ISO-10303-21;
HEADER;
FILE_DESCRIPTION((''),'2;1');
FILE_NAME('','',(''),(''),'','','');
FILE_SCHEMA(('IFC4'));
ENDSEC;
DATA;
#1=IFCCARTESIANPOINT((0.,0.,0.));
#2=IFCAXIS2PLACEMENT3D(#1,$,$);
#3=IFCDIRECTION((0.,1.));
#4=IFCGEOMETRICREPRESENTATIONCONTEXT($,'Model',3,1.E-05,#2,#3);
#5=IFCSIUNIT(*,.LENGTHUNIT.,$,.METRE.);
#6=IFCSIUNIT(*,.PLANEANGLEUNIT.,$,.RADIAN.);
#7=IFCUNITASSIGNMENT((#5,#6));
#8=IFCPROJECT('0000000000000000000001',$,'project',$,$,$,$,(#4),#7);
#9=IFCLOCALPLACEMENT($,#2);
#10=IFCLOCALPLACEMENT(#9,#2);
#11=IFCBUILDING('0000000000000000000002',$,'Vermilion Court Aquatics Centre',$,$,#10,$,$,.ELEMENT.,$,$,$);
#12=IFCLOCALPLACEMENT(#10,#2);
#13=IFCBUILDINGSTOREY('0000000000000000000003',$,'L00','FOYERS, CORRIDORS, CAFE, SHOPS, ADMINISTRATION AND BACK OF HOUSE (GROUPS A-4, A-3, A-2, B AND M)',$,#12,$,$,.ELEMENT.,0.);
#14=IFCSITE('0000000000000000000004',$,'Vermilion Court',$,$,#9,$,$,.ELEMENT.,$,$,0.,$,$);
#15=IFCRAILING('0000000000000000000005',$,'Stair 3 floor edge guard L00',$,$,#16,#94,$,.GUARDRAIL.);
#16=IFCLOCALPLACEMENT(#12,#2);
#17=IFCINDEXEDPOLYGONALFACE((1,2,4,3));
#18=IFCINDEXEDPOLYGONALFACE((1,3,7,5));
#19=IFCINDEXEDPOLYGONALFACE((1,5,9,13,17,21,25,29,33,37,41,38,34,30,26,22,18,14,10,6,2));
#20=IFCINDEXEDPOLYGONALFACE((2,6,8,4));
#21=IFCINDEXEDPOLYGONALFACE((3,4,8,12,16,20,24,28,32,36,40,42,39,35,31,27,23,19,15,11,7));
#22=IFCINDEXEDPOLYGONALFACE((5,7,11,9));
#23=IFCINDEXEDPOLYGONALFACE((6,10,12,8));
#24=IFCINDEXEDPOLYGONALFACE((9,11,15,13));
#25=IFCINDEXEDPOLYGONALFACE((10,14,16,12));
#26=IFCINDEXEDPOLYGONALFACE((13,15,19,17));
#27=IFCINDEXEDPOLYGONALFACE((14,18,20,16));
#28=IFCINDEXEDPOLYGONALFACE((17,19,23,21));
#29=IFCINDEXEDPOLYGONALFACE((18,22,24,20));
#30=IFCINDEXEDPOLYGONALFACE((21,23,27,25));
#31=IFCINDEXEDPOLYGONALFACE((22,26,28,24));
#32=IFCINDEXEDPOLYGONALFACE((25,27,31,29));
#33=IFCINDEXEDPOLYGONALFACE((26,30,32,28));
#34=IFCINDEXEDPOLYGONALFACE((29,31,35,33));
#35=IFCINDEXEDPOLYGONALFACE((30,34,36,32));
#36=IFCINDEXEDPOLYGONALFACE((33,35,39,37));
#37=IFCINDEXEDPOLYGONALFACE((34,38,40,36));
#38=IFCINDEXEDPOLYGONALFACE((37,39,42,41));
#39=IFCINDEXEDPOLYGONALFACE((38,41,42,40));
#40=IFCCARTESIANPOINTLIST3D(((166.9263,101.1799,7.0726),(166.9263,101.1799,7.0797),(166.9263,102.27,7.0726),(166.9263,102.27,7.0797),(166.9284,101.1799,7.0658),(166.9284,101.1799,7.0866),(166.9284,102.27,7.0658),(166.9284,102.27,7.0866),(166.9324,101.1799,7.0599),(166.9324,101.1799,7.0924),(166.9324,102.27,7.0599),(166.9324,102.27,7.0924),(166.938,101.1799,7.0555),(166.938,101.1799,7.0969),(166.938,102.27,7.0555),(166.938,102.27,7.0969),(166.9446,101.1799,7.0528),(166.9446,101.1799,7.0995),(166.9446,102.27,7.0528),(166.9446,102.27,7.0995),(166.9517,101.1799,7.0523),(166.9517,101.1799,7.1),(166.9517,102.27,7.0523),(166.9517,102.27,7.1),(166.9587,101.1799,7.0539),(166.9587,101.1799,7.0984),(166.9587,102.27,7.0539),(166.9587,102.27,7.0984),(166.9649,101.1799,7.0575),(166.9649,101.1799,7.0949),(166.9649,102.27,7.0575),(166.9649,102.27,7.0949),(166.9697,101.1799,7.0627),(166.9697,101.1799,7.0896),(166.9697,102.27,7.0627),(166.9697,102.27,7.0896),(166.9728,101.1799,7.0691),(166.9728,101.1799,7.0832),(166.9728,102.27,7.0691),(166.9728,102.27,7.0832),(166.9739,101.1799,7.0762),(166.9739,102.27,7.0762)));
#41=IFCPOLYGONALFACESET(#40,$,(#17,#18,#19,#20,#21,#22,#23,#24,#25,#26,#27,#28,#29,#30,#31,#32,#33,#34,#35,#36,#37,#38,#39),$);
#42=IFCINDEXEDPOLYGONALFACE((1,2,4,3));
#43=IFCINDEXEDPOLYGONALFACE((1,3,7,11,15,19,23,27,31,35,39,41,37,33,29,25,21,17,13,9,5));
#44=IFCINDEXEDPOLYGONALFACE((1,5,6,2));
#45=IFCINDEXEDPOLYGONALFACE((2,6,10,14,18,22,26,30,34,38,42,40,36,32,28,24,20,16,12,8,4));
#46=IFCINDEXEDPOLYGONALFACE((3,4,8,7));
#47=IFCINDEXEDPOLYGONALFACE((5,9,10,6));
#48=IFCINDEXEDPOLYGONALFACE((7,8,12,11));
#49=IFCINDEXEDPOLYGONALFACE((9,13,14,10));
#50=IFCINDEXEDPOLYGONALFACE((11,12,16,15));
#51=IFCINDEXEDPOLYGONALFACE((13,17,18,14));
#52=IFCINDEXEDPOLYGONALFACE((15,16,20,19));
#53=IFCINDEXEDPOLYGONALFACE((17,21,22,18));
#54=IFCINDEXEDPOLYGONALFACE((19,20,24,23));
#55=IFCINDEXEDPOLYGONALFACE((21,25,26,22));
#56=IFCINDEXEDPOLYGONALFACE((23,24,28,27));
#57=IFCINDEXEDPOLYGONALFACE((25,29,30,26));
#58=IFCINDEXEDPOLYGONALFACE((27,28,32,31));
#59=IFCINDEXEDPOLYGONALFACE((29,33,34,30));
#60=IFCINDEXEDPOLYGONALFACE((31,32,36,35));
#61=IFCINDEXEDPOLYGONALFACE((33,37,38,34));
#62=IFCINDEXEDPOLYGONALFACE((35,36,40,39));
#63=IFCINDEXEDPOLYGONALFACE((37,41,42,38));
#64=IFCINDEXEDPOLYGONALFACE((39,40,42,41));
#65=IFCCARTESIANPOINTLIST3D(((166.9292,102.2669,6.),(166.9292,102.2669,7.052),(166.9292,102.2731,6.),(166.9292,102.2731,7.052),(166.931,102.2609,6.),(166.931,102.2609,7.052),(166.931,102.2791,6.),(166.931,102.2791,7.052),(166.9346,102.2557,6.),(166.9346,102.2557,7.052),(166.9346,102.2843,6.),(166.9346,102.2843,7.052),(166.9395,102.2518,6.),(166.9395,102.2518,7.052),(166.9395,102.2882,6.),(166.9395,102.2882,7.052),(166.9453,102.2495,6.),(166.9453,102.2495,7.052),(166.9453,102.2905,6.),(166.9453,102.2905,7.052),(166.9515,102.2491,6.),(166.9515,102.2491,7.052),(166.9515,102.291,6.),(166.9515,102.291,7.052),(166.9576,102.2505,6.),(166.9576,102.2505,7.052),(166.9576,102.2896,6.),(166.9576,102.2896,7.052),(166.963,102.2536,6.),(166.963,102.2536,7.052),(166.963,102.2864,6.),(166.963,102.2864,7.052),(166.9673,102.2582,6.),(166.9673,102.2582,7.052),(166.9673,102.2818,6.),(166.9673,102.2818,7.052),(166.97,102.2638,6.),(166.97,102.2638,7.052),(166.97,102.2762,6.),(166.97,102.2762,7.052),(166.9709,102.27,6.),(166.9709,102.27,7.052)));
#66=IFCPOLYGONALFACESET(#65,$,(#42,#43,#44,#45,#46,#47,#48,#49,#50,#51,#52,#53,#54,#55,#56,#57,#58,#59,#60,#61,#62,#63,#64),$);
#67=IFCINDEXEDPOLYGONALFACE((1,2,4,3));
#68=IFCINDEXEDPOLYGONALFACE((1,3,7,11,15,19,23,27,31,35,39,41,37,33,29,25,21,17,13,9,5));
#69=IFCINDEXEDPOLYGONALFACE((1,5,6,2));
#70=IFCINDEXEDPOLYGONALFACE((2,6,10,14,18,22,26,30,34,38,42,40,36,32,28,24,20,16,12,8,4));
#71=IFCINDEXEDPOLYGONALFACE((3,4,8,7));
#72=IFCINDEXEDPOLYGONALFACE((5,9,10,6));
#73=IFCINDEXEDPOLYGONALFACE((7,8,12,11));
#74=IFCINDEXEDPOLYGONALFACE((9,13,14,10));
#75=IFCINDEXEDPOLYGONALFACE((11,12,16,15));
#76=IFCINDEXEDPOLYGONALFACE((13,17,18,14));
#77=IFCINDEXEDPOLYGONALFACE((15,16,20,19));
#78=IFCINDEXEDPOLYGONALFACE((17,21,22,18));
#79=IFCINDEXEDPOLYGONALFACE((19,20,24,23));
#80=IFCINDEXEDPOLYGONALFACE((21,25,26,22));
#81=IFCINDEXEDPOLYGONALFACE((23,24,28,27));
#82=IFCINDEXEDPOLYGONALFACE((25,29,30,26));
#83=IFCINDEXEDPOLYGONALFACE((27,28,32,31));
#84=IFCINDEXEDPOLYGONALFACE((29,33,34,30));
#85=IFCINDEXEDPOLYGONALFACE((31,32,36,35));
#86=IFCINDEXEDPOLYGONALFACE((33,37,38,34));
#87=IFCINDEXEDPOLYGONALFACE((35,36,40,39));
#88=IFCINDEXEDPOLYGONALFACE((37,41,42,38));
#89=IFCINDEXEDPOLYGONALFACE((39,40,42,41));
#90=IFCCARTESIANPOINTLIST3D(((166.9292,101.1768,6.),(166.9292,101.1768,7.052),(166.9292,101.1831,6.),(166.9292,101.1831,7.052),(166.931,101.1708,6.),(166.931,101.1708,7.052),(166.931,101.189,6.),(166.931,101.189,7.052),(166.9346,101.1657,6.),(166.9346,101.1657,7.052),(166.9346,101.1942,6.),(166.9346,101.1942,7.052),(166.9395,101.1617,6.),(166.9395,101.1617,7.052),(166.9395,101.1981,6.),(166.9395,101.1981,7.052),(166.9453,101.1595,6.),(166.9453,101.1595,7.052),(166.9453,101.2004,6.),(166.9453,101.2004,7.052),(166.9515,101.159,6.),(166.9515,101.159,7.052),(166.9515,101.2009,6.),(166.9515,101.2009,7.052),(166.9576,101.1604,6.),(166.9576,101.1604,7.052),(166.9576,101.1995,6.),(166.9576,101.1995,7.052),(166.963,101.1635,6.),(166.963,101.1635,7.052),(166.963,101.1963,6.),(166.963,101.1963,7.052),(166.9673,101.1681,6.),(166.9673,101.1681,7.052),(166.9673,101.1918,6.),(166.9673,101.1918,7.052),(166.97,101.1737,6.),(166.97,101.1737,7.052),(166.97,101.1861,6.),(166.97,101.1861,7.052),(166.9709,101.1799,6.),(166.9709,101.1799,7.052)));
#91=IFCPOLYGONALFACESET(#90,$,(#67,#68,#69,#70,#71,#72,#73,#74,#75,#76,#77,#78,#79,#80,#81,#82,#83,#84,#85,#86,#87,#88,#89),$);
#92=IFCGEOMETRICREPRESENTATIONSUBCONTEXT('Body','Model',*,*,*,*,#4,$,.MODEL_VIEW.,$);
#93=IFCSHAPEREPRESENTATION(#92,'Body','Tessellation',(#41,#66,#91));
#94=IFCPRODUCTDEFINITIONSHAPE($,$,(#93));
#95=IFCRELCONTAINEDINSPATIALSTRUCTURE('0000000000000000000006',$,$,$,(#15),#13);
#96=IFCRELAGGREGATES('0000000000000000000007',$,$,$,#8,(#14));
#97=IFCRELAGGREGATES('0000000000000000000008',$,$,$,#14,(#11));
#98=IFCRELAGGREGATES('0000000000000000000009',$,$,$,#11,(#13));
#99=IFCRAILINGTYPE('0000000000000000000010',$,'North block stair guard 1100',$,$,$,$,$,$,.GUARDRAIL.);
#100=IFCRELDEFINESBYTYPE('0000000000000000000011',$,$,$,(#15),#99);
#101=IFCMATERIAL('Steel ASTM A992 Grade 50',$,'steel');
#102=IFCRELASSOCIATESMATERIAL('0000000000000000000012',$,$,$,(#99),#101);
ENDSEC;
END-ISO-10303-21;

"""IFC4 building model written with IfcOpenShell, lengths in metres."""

from ifc_helpers import new_model, si_unit, direction, frame, origin, origin_2d, place, context, subcontext, project, spatial, circle, extrude, material, type_object, element, save


model = new_model("IFC4")

# Units and contexts
model_context = context("Model", 3, precision=1e-05, world=origin(), true_north=direction((0.0, 1.0)))
body_context = subcontext(model_context, "Body", "Model", "MODEL_VIEW")
ifc_project = project(units=[si_unit("LENGTHUNIT", "METRE"), si_unit("PLANEANGLEUNIT", "RADIAN")], contexts=[model_context])

# Site, building, storey
site_placement = place(None, origin())
site = spatial("IfcSite", under=ifc_project, at=site_placement, Name="Vermilion Court", CompositionType="ELEMENT", RefElevation=0.0)
building_placement = place(site_placement, origin())
building = spatial("IfcBuilding", under=site, at=building_placement, Name="Vermilion Court Aquatics Centre", CompositionType="ELEMENT")
storey_placement = place(building_placement, origin())
storey = spatial("IfcBuildingStorey", under=building, at=storey_placement, Name="L00", Description="FOYERS, CORRIDORS, CAFE, SHOPS, ADMINISTRATION AND BACK OF HOUSE (GROUPS A-4, A-3, A-2, B AND M)", CompositionType="ELEMENT", Elevation=0.0)

# Railing
ifc_material_1 = material(Name="Steel ASTM A992 Grade 50", Category="steel")
railing_type_1 = type_object("IfcRailingType", Name="North block stair guard 1100", PredefinedType="GUARDRAIL", material=ifc_material_1)
railing_placement = place(storey_placement, frame((166.95, 102.27, 6.0)))
element("IfcRailing", 1, at=railing_placement, inside=storey, type_object=railing_type_1, Name="Stair 3 floor edge guard L00", PredefinedType="GUARDRAIL", context=body_context, shape_type="SweptSolid", body=[
    extrude(circle(Radius=0.0239, at=origin_2d()), frame((0.0, 0.0, 1.0762), z_axis=(0.0, -1.0, 0.0), x_axis=(1.0, 0.0, 0.0)), (0.0, 0.0, 1.0), 1.0901),
    extrude(circle(Radius=0.021, at=origin_2d()), origin(), (0.0, 0.0, 1.0), 1.052),
    extrude(circle(Radius=0.021, at=origin_2d()), frame((0.0, -1.0901, 0.0)), (0.0, 0.0, 1.0), 1.052),
])

save(model, "model.ifc")
